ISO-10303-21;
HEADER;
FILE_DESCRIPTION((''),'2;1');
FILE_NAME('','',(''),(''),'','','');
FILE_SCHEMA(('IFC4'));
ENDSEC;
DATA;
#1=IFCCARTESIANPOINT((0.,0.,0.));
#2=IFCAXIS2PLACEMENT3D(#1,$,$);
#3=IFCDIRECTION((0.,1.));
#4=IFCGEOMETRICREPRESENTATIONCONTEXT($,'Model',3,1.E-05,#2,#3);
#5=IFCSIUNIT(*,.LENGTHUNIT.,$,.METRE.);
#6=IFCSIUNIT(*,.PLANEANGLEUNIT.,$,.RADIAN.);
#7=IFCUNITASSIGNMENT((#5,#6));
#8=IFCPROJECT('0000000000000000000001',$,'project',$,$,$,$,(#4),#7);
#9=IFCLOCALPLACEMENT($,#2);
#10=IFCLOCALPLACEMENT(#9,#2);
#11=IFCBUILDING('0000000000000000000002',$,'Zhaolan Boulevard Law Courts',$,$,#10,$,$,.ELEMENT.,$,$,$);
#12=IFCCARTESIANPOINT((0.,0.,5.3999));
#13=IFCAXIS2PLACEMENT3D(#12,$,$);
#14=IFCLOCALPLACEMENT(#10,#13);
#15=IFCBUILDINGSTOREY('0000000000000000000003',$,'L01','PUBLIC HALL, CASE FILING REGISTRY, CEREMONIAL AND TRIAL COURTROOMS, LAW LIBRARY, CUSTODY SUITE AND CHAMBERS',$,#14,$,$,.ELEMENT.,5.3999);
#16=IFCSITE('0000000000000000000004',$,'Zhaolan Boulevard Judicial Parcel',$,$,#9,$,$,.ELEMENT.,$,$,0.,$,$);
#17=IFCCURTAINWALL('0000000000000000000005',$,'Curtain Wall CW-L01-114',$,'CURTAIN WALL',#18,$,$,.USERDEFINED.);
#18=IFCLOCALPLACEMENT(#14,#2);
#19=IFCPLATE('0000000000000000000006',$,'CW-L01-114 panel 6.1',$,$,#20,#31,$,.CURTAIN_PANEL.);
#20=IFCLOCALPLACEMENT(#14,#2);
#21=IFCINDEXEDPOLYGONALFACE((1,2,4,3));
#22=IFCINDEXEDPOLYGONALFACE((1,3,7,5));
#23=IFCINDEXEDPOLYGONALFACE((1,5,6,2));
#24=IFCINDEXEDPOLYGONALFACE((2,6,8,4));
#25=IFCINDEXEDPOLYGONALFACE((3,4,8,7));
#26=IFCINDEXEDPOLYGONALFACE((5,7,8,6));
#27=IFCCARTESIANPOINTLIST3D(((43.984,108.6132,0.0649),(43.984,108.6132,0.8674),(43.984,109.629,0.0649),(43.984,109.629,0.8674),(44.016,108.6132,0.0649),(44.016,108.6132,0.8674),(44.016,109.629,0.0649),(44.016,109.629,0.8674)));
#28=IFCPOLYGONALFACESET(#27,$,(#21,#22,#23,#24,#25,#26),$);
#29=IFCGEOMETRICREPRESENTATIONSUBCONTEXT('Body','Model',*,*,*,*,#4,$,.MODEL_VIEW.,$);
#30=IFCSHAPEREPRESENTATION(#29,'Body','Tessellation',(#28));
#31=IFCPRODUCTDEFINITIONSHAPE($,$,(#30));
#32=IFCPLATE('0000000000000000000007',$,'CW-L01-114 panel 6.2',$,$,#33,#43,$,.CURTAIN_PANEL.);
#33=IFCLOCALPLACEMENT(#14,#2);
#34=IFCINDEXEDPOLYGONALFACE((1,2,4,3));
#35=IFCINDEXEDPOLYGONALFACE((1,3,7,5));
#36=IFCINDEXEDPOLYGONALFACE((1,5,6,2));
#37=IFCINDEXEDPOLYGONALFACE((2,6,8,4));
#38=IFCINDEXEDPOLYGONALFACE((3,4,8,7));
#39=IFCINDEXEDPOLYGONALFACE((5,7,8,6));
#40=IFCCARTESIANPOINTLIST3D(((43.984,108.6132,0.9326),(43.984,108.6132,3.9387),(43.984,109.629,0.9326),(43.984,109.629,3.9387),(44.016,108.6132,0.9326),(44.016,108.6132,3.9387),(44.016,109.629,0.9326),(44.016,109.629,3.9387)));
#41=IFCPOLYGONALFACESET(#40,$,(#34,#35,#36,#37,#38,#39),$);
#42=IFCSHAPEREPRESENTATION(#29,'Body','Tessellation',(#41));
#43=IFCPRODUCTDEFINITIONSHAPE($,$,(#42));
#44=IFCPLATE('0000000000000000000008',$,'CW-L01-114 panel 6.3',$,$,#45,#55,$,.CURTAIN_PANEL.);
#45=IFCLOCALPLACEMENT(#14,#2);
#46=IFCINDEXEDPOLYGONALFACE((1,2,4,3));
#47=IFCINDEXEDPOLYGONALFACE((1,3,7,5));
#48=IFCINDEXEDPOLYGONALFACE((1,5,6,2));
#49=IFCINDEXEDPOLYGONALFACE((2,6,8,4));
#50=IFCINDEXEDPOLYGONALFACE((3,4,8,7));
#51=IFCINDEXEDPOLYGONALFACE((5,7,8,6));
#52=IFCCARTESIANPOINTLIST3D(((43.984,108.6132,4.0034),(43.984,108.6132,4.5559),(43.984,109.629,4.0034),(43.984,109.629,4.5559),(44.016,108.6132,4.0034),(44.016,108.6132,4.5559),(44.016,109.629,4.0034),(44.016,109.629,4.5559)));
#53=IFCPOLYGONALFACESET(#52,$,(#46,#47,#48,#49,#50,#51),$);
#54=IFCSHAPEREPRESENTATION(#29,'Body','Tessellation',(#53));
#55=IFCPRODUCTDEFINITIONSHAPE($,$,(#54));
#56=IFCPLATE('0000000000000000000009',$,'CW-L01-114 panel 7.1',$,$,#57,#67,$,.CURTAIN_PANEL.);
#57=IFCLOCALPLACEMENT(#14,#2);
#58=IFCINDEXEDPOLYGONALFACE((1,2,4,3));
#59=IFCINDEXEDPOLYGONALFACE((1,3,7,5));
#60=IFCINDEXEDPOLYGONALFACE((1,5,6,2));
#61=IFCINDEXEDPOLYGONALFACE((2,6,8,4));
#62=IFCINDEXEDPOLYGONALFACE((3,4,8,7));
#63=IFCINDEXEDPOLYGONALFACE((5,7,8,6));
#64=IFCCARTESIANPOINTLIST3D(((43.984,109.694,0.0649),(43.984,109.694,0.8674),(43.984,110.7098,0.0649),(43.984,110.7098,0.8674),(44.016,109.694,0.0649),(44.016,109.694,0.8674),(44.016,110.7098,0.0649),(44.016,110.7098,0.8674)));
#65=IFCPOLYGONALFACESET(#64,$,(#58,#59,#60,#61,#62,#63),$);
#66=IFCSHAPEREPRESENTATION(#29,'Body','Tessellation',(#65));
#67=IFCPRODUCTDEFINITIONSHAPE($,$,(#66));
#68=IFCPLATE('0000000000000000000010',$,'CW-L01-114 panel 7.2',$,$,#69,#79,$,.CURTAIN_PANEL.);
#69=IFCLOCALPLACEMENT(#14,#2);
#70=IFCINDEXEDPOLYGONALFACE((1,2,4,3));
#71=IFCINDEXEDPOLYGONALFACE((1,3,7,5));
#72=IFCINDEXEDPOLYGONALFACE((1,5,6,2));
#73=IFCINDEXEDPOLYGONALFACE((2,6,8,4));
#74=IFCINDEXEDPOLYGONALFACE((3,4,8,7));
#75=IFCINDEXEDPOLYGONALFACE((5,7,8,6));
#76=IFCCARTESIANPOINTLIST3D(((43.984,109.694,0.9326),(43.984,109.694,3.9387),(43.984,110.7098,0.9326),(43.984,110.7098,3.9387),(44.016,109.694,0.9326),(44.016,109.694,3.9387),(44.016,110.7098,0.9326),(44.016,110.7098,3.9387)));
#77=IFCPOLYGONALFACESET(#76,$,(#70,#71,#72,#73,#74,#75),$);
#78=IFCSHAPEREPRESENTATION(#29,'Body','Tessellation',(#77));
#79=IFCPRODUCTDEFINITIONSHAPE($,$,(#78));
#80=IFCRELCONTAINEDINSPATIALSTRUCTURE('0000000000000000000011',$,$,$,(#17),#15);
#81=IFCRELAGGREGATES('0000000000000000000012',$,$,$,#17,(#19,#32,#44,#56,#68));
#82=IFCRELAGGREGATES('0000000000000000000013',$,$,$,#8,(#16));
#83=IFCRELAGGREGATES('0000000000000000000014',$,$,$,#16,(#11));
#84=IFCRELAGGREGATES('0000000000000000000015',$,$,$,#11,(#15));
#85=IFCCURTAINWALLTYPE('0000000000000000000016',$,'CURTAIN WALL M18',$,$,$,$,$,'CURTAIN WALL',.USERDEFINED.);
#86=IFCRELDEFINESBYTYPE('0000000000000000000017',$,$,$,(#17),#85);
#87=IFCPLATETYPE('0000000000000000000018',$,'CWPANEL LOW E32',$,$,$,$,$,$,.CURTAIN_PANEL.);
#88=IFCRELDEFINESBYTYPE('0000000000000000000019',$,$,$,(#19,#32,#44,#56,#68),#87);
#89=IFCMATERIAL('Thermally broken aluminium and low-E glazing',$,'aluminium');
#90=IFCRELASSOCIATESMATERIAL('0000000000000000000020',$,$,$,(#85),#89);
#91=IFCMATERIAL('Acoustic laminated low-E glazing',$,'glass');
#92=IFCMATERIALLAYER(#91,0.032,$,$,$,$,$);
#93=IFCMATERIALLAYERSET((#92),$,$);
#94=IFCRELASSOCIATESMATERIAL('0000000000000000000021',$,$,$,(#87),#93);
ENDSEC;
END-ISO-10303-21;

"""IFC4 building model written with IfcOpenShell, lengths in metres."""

from ifc_helpers import new_model, si_unit, direction, frame, origin, origin_2d, place, context, subcontext, project, spatial, rectangle, extrude, material, layer, layer_set, type_object, element, aggregate, save


model = new_model("IFC4")

# Units and contexts
model_context = context("Model", 3, precision=1e-05, world=origin(), true_north=direction((0.0, 1.0)))
body_context = subcontext(model_context, "Body", "Model", "MODEL_VIEW")
ifc_project = project(units=[si_unit("LENGTHUNIT", "METRE"), si_unit("PLANEANGLEUNIT", "RADIAN")], contexts=[model_context])

# Site, building, storey
site_placement = place(None, origin())
site = spatial("IfcSite", under=ifc_project, at=site_placement, Name="Zhaolan Boulevard Judicial Parcel", CompositionType="ELEMENT", RefElevation=0.0)
building_placement = place(site_placement, origin())
building = spatial("IfcBuilding", under=site, at=building_placement, Name="Zhaolan Boulevard Law Courts", CompositionType="ELEMENT")
storey_placement = place(building_placement, frame((0.0, 0.0, 5.3999)))
storey = spatial("IfcBuildingStorey", under=building, at=storey_placement, Name="L01", Description="PUBLIC HALL, CASE FILING REGISTRY, CEREMONIAL AND TRIAL COURTROOMS, LAW LIBRARY, CUSTODY SUITE AND CHAMBERS", CompositionType="ELEMENT", Elevation=5.3999)

# Curtain wall, plates
ifc_material_1 = material(Name="Thermally broken aluminium and low-E glazing", Category="aluminium")
curtain_wall_type = type_object("IfcCurtainWallType", Name="CURTAIN WALL M18", ElementType="CURTAIN WALL", PredefinedType="USERDEFINED", material=ifc_material_1)
curtain_wall_placement = place(storey_placement, origin())
curtain_wall = element("IfcCurtainWall", 1, at=curtain_wall_placement, inside=storey, type_object=curtain_wall_type, Name="Curtain Wall CW-L01-114", ObjectType="CURTAIN WALL", PredefinedType="USERDEFINED")
ifc_material_2 = material(Name="Acoustic laminated low-E glazing", Category="glass")
ifc_layer = layer(ifc_material_2, 0.032)
ifc_layer_set = layer_set([ifc_layer])
plate_type = type_object("IfcPlateType", Name="CWPANEL LOW E32", PredefinedType="CURTAIN_PANEL", material=ifc_layer_set)
plate_1_placement = place(storey_placement, frame((44.0, 109.1211, 0.0649), z_axis=(0.0, 0.0, 1.0), x_axis=(0.0, 1.0, 0.0)))
plate_1 = element("IfcPlate", 2, at=plate_1_placement, type_object=plate_type, Name="CW-L01-114 panel 6.1", PredefinedType="CURTAIN_PANEL", context=body_context, shape_type="SweptSolid", body=[
    extrude(rectangle(XDim=1.0159, YDim=0.032, at=origin_2d()), origin(), (0.0, 0.0, 1.0), 0.8025),
])
plate_2_placement = place(storey_placement, frame((44.0, 109.1211, 0.9326), z_axis=(0.0, 0.0, 1.0), x_axis=(0.0, 1.0, 0.0)))
plate_2 = element("IfcPlate", 3, at=plate_2_placement, type_object=plate_type, Name="CW-L01-114 panel 6.2", PredefinedType="CURTAIN_PANEL", context=body_context, shape_type="SweptSolid", body=[
    extrude(rectangle(XDim=1.0159, YDim=0.032, at=origin_2d()), origin(), (0.0, 0.0, 1.0), 3.0061),
])
plate_3_placement = place(storey_placement, frame((44.0, 109.1211, 4.0034), z_axis=(0.0, 0.0, 1.0), x_axis=(0.0, 1.0, 0.0)))
plate_3 = element("IfcPlate", 4, at=plate_3_placement, type_object=plate_type, Name="CW-L01-114 panel 6.3", PredefinedType="CURTAIN_PANEL", context=body_context, shape_type="SweptSolid", body=[
    extrude(rectangle(XDim=1.0159, YDim=0.032, at=origin_2d()), origin(), (0.0, 0.0, 1.0), 0.5525),
])
plate_4_placement = place(storey_placement, frame((44.0, 110.2019, 0.0649), z_axis=(0.0, 0.0, 1.0), x_axis=(0.0, 1.0, 0.0)))
plate_4 = element("IfcPlate", 5, at=plate_4_placement, type_object=plate_type, Name="CW-L01-114 panel 7.1", PredefinedType="CURTAIN_PANEL", context=body_context, shape_type="SweptSolid", body=[
    extrude(rectangle(XDim=1.0159, YDim=0.032, at=origin_2d()), origin(), (0.0, 0.0, 1.0), 0.8025),
])
plate_5_placement = place(storey_placement, frame((44.0, 110.2019, 0.9326), z_axis=(0.0, 0.0, 1.0), x_axis=(0.0, 1.0, 0.0)))
plate_5 = element("IfcPlate", 6, at=plate_5_placement, type_object=plate_type, Name="CW-L01-114 panel 7.2", PredefinedType="CURTAIN_PANEL", context=body_context, shape_type="SweptSolid", body=[
    extrude(rectangle(XDim=1.0159, YDim=0.032, at=origin_2d()), origin(), (0.0, 0.0, 1.0), 3.0061),
])
aggregate(curtain_wall, [plate_1, plate_2, plate_3, plate_4, plate_5])

save(model, "model.ifc")
